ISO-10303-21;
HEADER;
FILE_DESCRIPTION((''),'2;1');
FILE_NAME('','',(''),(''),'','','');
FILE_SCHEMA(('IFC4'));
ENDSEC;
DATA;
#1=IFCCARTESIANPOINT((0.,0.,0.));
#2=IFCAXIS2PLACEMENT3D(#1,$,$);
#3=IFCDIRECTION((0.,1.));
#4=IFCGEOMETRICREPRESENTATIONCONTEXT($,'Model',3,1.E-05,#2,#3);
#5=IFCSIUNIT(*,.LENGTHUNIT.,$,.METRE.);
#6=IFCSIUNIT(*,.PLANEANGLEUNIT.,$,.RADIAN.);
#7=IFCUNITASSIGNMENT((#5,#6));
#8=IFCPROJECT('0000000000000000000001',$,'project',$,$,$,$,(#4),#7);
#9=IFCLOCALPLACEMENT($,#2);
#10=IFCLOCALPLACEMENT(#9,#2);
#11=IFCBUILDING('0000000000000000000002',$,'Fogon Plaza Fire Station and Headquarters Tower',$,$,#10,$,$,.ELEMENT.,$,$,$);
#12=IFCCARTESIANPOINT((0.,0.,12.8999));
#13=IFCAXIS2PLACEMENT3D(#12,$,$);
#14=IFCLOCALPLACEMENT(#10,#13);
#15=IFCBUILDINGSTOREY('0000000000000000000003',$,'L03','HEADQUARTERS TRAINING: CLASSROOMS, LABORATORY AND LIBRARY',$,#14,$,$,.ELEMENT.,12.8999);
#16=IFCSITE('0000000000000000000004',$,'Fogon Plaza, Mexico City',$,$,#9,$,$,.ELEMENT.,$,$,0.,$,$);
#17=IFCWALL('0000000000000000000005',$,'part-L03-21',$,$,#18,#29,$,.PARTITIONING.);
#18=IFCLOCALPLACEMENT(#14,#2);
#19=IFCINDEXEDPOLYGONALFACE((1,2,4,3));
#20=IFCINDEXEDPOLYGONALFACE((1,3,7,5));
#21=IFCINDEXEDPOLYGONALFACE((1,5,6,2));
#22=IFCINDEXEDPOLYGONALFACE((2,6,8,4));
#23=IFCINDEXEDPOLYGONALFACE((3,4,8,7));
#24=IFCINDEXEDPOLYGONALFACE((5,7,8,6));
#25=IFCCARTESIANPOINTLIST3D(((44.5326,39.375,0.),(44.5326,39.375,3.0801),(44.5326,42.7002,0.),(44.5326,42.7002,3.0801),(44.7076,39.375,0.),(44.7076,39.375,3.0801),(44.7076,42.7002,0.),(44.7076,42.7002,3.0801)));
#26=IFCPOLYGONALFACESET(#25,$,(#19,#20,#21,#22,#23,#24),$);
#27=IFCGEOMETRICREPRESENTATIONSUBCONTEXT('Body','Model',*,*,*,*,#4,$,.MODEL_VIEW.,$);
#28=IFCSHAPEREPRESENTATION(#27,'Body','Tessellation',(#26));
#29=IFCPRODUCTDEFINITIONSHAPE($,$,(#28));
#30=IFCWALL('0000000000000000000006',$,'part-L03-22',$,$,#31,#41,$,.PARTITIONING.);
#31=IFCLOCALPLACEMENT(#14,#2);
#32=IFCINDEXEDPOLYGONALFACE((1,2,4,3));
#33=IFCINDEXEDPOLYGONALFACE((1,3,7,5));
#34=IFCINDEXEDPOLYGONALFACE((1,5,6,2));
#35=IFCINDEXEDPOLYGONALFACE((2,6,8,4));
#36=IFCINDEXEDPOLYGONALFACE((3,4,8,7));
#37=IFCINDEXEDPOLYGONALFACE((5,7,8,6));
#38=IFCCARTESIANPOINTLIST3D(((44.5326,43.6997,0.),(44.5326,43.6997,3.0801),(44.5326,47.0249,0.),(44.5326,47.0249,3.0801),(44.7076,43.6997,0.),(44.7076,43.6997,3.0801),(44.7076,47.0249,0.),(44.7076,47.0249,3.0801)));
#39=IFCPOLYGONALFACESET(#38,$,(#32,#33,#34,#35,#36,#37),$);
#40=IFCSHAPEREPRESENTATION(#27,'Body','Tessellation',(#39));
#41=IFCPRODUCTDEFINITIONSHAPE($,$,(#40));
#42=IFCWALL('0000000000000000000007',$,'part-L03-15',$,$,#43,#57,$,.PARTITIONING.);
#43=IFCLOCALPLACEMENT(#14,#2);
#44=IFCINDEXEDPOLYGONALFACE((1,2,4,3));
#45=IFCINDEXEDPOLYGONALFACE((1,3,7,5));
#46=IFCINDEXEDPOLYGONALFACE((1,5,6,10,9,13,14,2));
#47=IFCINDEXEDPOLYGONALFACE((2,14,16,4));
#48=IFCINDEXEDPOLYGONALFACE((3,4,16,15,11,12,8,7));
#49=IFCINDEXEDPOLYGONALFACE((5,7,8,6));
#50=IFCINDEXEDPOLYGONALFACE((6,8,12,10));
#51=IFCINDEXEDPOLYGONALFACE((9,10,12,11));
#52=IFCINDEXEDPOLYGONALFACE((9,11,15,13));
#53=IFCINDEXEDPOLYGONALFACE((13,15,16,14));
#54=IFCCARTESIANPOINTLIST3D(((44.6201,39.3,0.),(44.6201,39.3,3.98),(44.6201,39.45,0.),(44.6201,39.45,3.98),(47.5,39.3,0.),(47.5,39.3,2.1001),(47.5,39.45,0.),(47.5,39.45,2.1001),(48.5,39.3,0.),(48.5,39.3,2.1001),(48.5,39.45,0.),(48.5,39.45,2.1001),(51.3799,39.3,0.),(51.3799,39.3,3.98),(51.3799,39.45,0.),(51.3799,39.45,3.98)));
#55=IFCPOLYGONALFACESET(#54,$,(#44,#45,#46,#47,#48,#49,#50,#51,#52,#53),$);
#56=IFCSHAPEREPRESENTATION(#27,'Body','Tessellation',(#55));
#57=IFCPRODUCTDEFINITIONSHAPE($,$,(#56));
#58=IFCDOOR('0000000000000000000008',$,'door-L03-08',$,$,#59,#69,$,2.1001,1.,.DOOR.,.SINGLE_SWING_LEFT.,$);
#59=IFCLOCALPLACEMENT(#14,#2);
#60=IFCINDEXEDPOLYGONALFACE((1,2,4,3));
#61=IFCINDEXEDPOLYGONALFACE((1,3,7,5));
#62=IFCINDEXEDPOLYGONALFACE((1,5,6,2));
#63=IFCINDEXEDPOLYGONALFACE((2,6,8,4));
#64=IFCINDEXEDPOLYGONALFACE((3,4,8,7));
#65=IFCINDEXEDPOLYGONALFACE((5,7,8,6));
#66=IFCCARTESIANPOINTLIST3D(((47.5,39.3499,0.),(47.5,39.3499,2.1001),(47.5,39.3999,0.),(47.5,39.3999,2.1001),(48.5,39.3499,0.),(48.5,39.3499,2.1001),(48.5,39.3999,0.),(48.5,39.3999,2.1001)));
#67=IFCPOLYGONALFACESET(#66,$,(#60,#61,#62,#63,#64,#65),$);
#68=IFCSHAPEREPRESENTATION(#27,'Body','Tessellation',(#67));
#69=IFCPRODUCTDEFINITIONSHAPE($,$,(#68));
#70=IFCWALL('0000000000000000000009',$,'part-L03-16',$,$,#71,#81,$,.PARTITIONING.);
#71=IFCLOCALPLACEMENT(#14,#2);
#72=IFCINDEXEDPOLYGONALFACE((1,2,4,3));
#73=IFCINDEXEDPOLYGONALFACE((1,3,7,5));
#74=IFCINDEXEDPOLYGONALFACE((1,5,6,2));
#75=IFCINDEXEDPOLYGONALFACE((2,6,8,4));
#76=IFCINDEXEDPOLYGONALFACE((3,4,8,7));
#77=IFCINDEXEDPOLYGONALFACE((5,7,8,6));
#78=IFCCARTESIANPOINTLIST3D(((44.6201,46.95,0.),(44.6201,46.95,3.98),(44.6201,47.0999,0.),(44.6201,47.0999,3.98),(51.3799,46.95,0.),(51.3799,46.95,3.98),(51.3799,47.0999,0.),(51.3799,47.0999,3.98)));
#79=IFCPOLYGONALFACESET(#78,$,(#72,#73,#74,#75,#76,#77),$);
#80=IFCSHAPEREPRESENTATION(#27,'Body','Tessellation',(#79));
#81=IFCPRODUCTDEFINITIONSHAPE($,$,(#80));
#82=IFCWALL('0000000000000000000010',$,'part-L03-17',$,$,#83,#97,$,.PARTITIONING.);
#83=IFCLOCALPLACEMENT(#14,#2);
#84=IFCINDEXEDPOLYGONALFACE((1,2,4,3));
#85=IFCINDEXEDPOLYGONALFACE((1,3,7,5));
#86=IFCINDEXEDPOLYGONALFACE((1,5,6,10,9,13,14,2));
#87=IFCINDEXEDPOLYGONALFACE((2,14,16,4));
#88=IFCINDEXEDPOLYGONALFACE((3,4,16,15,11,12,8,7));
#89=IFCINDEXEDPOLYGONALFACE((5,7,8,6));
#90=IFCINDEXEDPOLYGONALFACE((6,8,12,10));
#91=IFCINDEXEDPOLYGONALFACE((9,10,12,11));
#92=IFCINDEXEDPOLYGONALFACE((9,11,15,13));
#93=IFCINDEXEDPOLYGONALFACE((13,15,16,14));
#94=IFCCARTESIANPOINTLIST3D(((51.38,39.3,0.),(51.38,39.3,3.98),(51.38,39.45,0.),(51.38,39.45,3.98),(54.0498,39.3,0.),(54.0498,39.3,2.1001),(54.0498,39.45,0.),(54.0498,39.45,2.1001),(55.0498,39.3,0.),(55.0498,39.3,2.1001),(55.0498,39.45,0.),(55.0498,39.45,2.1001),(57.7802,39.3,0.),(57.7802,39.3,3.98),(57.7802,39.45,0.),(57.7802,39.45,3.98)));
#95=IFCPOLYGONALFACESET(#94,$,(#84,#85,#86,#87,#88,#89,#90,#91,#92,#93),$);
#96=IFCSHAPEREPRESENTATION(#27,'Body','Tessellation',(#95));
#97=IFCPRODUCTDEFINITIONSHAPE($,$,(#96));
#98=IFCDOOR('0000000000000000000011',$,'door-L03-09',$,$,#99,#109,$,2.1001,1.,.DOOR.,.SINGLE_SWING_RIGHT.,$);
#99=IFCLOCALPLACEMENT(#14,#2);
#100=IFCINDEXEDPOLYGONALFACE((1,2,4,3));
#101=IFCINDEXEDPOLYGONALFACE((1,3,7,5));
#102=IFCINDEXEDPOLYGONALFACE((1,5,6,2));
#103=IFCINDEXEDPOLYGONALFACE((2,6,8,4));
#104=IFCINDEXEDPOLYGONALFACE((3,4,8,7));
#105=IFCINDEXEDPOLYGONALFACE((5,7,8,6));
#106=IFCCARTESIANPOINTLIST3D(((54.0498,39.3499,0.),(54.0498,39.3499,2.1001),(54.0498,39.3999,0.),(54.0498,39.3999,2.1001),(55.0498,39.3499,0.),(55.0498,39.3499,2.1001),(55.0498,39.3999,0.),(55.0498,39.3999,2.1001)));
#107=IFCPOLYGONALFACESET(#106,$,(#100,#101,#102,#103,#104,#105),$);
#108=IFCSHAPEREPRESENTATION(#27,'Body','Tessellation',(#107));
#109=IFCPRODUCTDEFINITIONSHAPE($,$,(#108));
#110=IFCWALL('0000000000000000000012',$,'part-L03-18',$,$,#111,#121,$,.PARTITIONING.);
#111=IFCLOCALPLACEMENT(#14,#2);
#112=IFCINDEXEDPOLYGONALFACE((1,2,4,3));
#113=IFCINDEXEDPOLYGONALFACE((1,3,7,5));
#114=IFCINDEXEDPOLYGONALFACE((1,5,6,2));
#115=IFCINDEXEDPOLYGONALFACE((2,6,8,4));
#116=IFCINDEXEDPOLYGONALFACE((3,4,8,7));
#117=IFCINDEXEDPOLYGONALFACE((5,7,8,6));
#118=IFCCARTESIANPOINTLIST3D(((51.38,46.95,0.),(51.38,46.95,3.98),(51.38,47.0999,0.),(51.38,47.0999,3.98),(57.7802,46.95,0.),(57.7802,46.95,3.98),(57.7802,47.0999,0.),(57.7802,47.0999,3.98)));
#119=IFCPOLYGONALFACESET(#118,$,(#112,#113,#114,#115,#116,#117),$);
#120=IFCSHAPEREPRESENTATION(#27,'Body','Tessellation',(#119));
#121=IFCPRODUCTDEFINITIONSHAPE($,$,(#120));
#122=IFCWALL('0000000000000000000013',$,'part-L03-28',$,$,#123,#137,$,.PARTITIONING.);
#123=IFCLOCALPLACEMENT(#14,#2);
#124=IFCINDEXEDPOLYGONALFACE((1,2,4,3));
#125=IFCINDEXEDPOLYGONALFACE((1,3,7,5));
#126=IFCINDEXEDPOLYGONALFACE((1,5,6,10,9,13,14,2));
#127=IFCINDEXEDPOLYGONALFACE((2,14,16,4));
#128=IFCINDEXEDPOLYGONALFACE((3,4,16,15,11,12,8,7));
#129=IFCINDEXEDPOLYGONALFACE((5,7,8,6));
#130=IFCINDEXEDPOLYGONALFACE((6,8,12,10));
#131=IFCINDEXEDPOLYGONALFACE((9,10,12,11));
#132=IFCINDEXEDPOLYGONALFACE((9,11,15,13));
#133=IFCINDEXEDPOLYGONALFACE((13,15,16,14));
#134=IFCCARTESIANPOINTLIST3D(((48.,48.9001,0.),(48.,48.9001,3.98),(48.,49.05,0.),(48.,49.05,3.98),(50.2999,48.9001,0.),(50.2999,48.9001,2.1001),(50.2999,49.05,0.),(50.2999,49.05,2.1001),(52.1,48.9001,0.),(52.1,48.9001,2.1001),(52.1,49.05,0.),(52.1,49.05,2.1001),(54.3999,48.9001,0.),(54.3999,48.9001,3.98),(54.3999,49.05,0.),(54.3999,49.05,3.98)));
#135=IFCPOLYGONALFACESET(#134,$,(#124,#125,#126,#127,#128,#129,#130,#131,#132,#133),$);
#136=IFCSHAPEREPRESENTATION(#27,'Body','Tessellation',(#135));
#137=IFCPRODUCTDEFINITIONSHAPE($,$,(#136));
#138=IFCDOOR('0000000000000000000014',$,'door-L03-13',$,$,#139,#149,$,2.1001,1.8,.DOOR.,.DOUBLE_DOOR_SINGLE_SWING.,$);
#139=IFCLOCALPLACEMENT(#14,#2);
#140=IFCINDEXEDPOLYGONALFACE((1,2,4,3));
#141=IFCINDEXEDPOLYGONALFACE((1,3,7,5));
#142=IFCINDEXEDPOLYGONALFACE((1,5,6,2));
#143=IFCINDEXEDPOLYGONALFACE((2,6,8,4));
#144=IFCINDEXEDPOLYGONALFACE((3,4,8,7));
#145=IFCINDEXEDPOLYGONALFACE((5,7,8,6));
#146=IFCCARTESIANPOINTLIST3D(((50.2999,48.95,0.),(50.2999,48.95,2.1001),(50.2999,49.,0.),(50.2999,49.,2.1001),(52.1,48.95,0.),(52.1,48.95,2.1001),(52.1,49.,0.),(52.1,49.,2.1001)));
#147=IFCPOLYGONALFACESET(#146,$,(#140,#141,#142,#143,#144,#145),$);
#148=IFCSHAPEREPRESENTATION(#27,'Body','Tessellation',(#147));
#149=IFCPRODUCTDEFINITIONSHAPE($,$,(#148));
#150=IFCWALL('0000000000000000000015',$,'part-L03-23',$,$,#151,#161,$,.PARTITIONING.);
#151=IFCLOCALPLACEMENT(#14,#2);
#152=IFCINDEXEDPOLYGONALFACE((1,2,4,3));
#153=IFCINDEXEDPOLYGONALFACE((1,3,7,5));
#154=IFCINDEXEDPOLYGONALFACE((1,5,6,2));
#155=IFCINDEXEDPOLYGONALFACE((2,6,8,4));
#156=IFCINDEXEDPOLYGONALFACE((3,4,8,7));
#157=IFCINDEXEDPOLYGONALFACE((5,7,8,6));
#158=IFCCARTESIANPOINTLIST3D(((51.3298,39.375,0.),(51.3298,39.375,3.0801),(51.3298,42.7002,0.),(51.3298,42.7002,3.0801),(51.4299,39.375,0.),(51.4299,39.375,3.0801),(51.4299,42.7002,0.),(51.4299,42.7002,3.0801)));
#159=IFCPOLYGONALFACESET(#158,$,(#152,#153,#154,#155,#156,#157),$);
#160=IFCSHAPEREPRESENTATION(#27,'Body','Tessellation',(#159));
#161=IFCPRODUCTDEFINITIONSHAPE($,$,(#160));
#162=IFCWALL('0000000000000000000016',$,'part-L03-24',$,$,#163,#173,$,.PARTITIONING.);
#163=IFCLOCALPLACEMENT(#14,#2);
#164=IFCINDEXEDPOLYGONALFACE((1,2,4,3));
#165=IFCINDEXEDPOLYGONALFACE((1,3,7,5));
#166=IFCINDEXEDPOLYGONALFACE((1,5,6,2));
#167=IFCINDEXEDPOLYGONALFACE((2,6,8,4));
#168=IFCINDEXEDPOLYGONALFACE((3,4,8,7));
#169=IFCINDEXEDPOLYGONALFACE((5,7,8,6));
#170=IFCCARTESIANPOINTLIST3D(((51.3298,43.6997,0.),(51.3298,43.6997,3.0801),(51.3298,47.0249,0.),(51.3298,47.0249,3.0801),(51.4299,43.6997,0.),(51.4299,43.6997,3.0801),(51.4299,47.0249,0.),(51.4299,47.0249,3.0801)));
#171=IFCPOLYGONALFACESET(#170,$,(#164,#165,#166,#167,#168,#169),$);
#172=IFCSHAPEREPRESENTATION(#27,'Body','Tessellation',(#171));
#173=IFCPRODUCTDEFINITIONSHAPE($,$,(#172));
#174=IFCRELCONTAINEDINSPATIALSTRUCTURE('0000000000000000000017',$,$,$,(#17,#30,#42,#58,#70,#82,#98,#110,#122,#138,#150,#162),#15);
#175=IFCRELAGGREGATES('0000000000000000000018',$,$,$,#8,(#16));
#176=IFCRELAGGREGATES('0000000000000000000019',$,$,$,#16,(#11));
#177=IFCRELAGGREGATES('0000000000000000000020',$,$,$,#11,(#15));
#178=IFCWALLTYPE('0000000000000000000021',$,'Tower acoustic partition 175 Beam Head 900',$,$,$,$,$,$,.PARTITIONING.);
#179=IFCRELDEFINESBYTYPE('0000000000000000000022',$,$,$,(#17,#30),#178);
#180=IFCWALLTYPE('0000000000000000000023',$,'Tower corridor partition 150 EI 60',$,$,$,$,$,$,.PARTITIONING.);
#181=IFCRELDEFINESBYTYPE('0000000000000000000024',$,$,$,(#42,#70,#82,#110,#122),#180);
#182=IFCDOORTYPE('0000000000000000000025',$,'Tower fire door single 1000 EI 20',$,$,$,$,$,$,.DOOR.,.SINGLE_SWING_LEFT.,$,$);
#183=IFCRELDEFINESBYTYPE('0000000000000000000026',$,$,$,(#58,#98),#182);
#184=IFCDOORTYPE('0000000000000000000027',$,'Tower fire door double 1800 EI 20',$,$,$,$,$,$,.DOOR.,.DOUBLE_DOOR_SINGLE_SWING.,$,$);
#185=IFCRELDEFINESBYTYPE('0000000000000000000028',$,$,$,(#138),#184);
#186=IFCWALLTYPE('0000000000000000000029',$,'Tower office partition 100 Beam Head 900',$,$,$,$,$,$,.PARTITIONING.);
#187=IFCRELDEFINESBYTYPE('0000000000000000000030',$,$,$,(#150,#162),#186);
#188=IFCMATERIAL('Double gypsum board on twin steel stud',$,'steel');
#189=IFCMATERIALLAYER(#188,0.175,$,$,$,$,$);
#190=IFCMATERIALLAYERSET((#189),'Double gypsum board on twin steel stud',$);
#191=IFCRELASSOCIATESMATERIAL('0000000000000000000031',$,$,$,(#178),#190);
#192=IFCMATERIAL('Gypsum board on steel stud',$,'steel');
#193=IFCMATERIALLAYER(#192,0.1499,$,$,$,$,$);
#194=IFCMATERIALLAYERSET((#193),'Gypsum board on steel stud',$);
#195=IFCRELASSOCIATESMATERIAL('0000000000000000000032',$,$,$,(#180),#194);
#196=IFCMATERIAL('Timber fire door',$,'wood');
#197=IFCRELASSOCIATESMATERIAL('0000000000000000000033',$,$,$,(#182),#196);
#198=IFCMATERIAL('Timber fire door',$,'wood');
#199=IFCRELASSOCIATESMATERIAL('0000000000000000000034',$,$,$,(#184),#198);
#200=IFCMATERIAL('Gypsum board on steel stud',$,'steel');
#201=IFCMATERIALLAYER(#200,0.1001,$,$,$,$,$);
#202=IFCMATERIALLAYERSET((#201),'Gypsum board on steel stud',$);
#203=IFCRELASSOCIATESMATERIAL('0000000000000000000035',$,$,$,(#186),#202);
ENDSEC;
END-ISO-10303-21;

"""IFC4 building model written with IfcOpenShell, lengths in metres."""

from ifc_helpers import new_model, si_unit, direction, frame, frame_2d, origin, place, context, subcontext, project, spatial, rectangle, extrude, material, layer, layer_set, type_object, element, fill, save


model = new_model("IFC4")

# Units and contexts
model_context = context("Model", 3, precision=1e-05, world=origin(), true_north=direction((0.0, 1.0)))
body_context = subcontext(model_context, "Body", "Model", "MODEL_VIEW")
ifc_project = project(units=[si_unit("LENGTHUNIT", "METRE"), si_unit("PLANEANGLEUNIT", "RADIAN")], contexts=[model_context])

# Site, building, storey
site_placement = place(None, origin())
site = spatial("IfcSite", under=ifc_project, at=site_placement, Name="Fogon Plaza, Mexico City", CompositionType="ELEMENT", RefElevation=0.0)
building_placement = place(site_placement, origin())
building = spatial("IfcBuilding", under=site, at=building_placement, Name="Fogon Plaza Fire Station and Headquarters Tower", CompositionType="ELEMENT")
storey_placement = place(building_placement, frame((0.0, 0.0, 12.8999)))
storey = spatial("IfcBuildingStorey", under=building, at=storey_placement, Name="L03", Description="HEADQUARTERS TRAINING: CLASSROOMS, LABORATORY AND LIBRARY", CompositionType="ELEMENT", Elevation=12.8999)

# Walls
ifc_material_1 = material(Name="Double gypsum board on twin steel stud", Category="steel")
ifc_layer_1 = layer(ifc_material_1, 0.175)
ifc_layer_set_1 = layer_set([ifc_layer_1], Name="Double gypsum board on twin steel stud")
wall_type_1 = type_object("IfcWallType", Name="Tower acoustic partition 175 Beam Head 900", PredefinedType="PARTITIONING", material=ifc_layer_set_1)
for number, where, z_axis, x_axis, name in (
    (1, (44.6201, 39.375, 0.0), (0.0, 0.0, 1.0), (0.0, 1.0, 0.0), "part-L03-21"),
    (2, (44.6201, 43.6997, 0.0), (0.0, 0.0, 1.0), (0.0, 1.0, 0.0), "part-L03-22"),
):
    element("IfcWall", number, at=place(storey_placement, frame(where, z_axis=z_axis, x_axis=x_axis)), inside=storey, type_object=wall_type_1, Name=name, PredefinedType="PARTITIONING", context=body_context, shape_type="SweptSolid", body=[
        extrude(rectangle(XDim=3.3252, YDim=0.175, at=frame_2d((1.6626, 0.0))), origin(), (0.0, 0.0, 1.0), 3.0801),
    ])

# Wall, opening, door
ifc_material_2 = material(Name="Gypsum board on steel stud", Category="steel")
ifc_layer_2 = layer(ifc_material_2, 0.1499)
ifc_layer_set_2 = layer_set([ifc_layer_2], Name="Gypsum board on steel stud")
wall_type_2 = type_object("IfcWallType", Name="Tower corridor partition 150 EI 60", PredefinedType="PARTITIONING", material=ifc_layer_set_2)
wall_1_placement = place(storey_placement, frame((44.6201, 39.375, 0.0), z_axis=(0.0, 0.0, 1.0), x_axis=(1.0, 0.0, 0.0)))
wall_1 = element("IfcWall", 3, at=wall_1_placement, inside=storey, type_object=wall_type_2, Name="part-L03-15", PredefinedType="PARTITIONING", context=body_context, shape_type="SweptSolid", body=[
    extrude(rectangle(XDim=6.7598, YDim=0.1499, at=frame_2d((3.3799, 0.0))), origin(), (0.0, 0.0, 1.0), 3.98),
])
opening_1_placement = place(wall_1_placement, frame((2.8799, 0.0, 0.0)))
opening_1 = element("IfcOpeningElement", 4, at=opening_1_placement, cuts=wall_1, PredefinedType="OPENING", context=body_context, shape_type="SweptSolid", body=[
    extrude(rectangle(XDim=1.0, YDim=2.1001, at=frame_2d((0.5, 1.05))), frame((0.0, 0.085, 0.0), z_axis=(0.0, -1.0, 0.0), x_axis=(1.0, 0.0, 0.0)), (0.0, 0.0, 1.0), 0.1699),
])
ifc_material_3 = material(Name="Timber fire door", Category="wood")
door_type_1 = type_object("IfcDoorType", Name="Tower fire door single 1000 EI 20", OperationType="SINGLE_SWING_LEFT", PredefinedType="DOOR", material=ifc_material_3)
door_1_placement = place(opening_1_placement, origin())
door_1 = element("IfcDoor", 5, at=door_1_placement, inside=storey, type_object=door_type_1, Name="door-L03-08", OperationType="SINGLE_SWING_LEFT", OverallHeight=2.1001, OverallWidth=1.0, PredefinedType="DOOR", context=body_context, shape_type="SweptSolid", body=[
    extrude(rectangle(XDim=1.0, YDim=2.1001, at=frame_2d((0.5, 1.05))), frame((0.0, 0.0249, 0.0), z_axis=(0.0, -1.0, 0.0), x_axis=(1.0, 0.0, 0.0)), (0.0, 0.0, 1.0), 0.05),
])
fill(opening_1, door_1)

# Wall
wall_2_placement = place(storey_placement, frame((44.6201, 47.0249, 0.0), z_axis=(0.0, 0.0, 1.0), x_axis=(1.0, 0.0, 0.0)))
element("IfcWall", 6, at=wall_2_placement, inside=storey, type_object=wall_type_2, Name="part-L03-16", PredefinedType="PARTITIONING", context=body_context, shape_type="SweptSolid", body=[
    extrude(rectangle(XDim=6.7598, YDim=0.1499, at=frame_2d((3.3799, 0.0))), origin(), (0.0, 0.0, 1.0), 3.98),
])

# Wall, opening, door
wall_3_placement = place(storey_placement, frame((51.3799, 39.375, 0.0), z_axis=(0.0, 0.0, 1.0), x_axis=(1.0, 0.0, 0.0)))
wall_3 = element("IfcWall", 7, at=wall_3_placement, inside=storey, type_object=wall_type_2, Name="part-L03-17", PredefinedType="PARTITIONING", context=body_context, shape_type="SweptSolid", body=[
    extrude(rectangle(XDim=6.4001, YDim=0.1499, at=frame_2d((3.2002, 0.0))), origin(), (0.0, 0.0, 1.0), 3.98),
])
opening_2_placement = place(wall_3_placement, frame((2.6699, 0.0, 0.0)))
opening_2 = element("IfcOpeningElement", 8, at=opening_2_placement, cuts=wall_3, PredefinedType="OPENING", context=body_context, shape_type="SweptSolid", body=[
    extrude(rectangle(XDim=1.0, YDim=2.1001, at=frame_2d((0.5, 1.05))), frame((0.0, 0.085, 0.0), z_axis=(0.0, -1.0, 0.0), x_axis=(1.0, 0.0, 0.0)), (0.0, 0.0, 1.0), 0.1699),
])
door_2_placement = place(opening_2_placement, origin())
door_2 = element("IfcDoor", 9, at=door_2_placement, inside=storey, type_object=door_type_1, Name="door-L03-09", OperationType="SINGLE_SWING_RIGHT", OverallHeight=2.1001, OverallWidth=1.0, PredefinedType="DOOR", context=body_context, shape_type="SweptSolid", body=[
    extrude(rectangle(XDim=1.0, YDim=2.1001, at=frame_2d((0.5, 1.05))), frame((0.0, 0.0249, 0.0), z_axis=(0.0, -1.0, 0.0), x_axis=(1.0, 0.0, 0.0)), (0.0, 0.0, 1.0), 0.05),
])
fill(opening_2, door_2)

# Wall
wall_4_placement = place(storey_placement, frame((51.3799, 47.0249, 0.0), z_axis=(0.0, 0.0, 1.0), x_axis=(1.0, 0.0, 0.0)))
element("IfcWall", 10, at=wall_4_placement, inside=storey, type_object=wall_type_2, Name="part-L03-18", PredefinedType="PARTITIONING", context=body_context, shape_type="SweptSolid", body=[
    extrude(rectangle(XDim=6.4001, YDim=0.1499, at=frame_2d((3.2002, 0.0))), origin(), (0.0, 0.0, 1.0), 3.98),
])

# Wall, opening, door
wall_5_placement = place(storey_placement, frame((48.0, 48.9751, 0.0), z_axis=(0.0, 0.0, 1.0), x_axis=(1.0, 0.0, 0.0)))
wall_5 = element("IfcWall", 11, at=wall_5_placement, inside=storey, type_object=wall_type_2, Name="part-L03-28", PredefinedType="PARTITIONING", context=body_context, shape_type="SweptSolid", body=[
    extrude(rectangle(XDim=6.3999, YDim=0.1499, at=frame_2d((3.2, 0.0))), origin(), (0.0, 0.0, 1.0), 3.98),
])
opening_3_placement = place(wall_5_placement, frame((2.3, 0.0, 0.0)))
opening_3 = element("IfcOpeningElement", 12, at=opening_3_placement, cuts=wall_5, PredefinedType="OPENING", context=body_context, shape_type="SweptSolid", body=[
    extrude(rectangle(XDim=1.8, YDim=2.1001, at=frame_2d((0.8999, 1.05))), frame((0.0, 0.085, 0.0), z_axis=(0.0, -1.0, 0.0), x_axis=(1.0, 0.0, 0.0)), (0.0, 0.0, 1.0), 0.1699),
])
ifc_material_4 = material(Name="Timber fire door", Category="wood")
door_type_2 = type_object("IfcDoorType", Name="Tower fire door double 1800 EI 20", OperationType="DOUBLE_DOOR_SINGLE_SWING", PredefinedType="DOOR", material=ifc_material_4)
door_3_placement = place(opening_3_placement, origin())
door_3 = element("IfcDoor", 13, at=door_3_placement, inside=storey, type_object=door_type_2, Name="door-L03-13", OperationType="DOUBLE_DOOR_SINGLE_SWING", OverallHeight=2.1001, OverallWidth=1.8, PredefinedType="DOOR", context=body_context, shape_type="SweptSolid", body=[
    extrude(rectangle(XDim=1.8, YDim=2.1001, at=frame_2d((0.8999, 1.05))), frame((0.0, 0.0249, 0.0), z_axis=(0.0, -1.0, 0.0), x_axis=(1.0, 0.0, 0.0)), (0.0, 0.0, 1.0), 0.05),
])
fill(opening_3, door_3)

# Walls
ifc_material_5 = material(Name="Gypsum board on steel stud", Category="steel")
ifc_layer_3 = layer(ifc_material_5, 0.1001)
ifc_layer_set_3 = layer_set([ifc_layer_3], Name="Gypsum board on steel stud")
wall_type_3 = type_object("IfcWallType", Name="Tower office partition 100 Beam Head 900", PredefinedType="PARTITIONING", material=ifc_layer_set_3)
for number, where, z_axis, x_axis, name in (
    (14, (51.3799, 39.375, 0.0), (0.0, 0.0, 1.0), (0.0, 1.0, 0.0), "part-L03-23"),
    (15, (51.3799, 43.6997, 0.0), (0.0, 0.0, 1.0), (0.0, 1.0, 0.0), "part-L03-24"),
):
    element("IfcWall", number, at=place(storey_placement, frame(where, z_axis=z_axis, x_axis=x_axis)), inside=storey, type_object=wall_type_3, Name=name, PredefinedType="PARTITIONING", context=body_context, shape_type="SweptSolid", body=[
        extrude(rectangle(XDim=3.3252, YDim=0.1001, at=frame_2d((1.6626, 0.0))), origin(), (0.0, 0.0, 1.0), 3.0801),
    ])

save(model, "model.ifc")
